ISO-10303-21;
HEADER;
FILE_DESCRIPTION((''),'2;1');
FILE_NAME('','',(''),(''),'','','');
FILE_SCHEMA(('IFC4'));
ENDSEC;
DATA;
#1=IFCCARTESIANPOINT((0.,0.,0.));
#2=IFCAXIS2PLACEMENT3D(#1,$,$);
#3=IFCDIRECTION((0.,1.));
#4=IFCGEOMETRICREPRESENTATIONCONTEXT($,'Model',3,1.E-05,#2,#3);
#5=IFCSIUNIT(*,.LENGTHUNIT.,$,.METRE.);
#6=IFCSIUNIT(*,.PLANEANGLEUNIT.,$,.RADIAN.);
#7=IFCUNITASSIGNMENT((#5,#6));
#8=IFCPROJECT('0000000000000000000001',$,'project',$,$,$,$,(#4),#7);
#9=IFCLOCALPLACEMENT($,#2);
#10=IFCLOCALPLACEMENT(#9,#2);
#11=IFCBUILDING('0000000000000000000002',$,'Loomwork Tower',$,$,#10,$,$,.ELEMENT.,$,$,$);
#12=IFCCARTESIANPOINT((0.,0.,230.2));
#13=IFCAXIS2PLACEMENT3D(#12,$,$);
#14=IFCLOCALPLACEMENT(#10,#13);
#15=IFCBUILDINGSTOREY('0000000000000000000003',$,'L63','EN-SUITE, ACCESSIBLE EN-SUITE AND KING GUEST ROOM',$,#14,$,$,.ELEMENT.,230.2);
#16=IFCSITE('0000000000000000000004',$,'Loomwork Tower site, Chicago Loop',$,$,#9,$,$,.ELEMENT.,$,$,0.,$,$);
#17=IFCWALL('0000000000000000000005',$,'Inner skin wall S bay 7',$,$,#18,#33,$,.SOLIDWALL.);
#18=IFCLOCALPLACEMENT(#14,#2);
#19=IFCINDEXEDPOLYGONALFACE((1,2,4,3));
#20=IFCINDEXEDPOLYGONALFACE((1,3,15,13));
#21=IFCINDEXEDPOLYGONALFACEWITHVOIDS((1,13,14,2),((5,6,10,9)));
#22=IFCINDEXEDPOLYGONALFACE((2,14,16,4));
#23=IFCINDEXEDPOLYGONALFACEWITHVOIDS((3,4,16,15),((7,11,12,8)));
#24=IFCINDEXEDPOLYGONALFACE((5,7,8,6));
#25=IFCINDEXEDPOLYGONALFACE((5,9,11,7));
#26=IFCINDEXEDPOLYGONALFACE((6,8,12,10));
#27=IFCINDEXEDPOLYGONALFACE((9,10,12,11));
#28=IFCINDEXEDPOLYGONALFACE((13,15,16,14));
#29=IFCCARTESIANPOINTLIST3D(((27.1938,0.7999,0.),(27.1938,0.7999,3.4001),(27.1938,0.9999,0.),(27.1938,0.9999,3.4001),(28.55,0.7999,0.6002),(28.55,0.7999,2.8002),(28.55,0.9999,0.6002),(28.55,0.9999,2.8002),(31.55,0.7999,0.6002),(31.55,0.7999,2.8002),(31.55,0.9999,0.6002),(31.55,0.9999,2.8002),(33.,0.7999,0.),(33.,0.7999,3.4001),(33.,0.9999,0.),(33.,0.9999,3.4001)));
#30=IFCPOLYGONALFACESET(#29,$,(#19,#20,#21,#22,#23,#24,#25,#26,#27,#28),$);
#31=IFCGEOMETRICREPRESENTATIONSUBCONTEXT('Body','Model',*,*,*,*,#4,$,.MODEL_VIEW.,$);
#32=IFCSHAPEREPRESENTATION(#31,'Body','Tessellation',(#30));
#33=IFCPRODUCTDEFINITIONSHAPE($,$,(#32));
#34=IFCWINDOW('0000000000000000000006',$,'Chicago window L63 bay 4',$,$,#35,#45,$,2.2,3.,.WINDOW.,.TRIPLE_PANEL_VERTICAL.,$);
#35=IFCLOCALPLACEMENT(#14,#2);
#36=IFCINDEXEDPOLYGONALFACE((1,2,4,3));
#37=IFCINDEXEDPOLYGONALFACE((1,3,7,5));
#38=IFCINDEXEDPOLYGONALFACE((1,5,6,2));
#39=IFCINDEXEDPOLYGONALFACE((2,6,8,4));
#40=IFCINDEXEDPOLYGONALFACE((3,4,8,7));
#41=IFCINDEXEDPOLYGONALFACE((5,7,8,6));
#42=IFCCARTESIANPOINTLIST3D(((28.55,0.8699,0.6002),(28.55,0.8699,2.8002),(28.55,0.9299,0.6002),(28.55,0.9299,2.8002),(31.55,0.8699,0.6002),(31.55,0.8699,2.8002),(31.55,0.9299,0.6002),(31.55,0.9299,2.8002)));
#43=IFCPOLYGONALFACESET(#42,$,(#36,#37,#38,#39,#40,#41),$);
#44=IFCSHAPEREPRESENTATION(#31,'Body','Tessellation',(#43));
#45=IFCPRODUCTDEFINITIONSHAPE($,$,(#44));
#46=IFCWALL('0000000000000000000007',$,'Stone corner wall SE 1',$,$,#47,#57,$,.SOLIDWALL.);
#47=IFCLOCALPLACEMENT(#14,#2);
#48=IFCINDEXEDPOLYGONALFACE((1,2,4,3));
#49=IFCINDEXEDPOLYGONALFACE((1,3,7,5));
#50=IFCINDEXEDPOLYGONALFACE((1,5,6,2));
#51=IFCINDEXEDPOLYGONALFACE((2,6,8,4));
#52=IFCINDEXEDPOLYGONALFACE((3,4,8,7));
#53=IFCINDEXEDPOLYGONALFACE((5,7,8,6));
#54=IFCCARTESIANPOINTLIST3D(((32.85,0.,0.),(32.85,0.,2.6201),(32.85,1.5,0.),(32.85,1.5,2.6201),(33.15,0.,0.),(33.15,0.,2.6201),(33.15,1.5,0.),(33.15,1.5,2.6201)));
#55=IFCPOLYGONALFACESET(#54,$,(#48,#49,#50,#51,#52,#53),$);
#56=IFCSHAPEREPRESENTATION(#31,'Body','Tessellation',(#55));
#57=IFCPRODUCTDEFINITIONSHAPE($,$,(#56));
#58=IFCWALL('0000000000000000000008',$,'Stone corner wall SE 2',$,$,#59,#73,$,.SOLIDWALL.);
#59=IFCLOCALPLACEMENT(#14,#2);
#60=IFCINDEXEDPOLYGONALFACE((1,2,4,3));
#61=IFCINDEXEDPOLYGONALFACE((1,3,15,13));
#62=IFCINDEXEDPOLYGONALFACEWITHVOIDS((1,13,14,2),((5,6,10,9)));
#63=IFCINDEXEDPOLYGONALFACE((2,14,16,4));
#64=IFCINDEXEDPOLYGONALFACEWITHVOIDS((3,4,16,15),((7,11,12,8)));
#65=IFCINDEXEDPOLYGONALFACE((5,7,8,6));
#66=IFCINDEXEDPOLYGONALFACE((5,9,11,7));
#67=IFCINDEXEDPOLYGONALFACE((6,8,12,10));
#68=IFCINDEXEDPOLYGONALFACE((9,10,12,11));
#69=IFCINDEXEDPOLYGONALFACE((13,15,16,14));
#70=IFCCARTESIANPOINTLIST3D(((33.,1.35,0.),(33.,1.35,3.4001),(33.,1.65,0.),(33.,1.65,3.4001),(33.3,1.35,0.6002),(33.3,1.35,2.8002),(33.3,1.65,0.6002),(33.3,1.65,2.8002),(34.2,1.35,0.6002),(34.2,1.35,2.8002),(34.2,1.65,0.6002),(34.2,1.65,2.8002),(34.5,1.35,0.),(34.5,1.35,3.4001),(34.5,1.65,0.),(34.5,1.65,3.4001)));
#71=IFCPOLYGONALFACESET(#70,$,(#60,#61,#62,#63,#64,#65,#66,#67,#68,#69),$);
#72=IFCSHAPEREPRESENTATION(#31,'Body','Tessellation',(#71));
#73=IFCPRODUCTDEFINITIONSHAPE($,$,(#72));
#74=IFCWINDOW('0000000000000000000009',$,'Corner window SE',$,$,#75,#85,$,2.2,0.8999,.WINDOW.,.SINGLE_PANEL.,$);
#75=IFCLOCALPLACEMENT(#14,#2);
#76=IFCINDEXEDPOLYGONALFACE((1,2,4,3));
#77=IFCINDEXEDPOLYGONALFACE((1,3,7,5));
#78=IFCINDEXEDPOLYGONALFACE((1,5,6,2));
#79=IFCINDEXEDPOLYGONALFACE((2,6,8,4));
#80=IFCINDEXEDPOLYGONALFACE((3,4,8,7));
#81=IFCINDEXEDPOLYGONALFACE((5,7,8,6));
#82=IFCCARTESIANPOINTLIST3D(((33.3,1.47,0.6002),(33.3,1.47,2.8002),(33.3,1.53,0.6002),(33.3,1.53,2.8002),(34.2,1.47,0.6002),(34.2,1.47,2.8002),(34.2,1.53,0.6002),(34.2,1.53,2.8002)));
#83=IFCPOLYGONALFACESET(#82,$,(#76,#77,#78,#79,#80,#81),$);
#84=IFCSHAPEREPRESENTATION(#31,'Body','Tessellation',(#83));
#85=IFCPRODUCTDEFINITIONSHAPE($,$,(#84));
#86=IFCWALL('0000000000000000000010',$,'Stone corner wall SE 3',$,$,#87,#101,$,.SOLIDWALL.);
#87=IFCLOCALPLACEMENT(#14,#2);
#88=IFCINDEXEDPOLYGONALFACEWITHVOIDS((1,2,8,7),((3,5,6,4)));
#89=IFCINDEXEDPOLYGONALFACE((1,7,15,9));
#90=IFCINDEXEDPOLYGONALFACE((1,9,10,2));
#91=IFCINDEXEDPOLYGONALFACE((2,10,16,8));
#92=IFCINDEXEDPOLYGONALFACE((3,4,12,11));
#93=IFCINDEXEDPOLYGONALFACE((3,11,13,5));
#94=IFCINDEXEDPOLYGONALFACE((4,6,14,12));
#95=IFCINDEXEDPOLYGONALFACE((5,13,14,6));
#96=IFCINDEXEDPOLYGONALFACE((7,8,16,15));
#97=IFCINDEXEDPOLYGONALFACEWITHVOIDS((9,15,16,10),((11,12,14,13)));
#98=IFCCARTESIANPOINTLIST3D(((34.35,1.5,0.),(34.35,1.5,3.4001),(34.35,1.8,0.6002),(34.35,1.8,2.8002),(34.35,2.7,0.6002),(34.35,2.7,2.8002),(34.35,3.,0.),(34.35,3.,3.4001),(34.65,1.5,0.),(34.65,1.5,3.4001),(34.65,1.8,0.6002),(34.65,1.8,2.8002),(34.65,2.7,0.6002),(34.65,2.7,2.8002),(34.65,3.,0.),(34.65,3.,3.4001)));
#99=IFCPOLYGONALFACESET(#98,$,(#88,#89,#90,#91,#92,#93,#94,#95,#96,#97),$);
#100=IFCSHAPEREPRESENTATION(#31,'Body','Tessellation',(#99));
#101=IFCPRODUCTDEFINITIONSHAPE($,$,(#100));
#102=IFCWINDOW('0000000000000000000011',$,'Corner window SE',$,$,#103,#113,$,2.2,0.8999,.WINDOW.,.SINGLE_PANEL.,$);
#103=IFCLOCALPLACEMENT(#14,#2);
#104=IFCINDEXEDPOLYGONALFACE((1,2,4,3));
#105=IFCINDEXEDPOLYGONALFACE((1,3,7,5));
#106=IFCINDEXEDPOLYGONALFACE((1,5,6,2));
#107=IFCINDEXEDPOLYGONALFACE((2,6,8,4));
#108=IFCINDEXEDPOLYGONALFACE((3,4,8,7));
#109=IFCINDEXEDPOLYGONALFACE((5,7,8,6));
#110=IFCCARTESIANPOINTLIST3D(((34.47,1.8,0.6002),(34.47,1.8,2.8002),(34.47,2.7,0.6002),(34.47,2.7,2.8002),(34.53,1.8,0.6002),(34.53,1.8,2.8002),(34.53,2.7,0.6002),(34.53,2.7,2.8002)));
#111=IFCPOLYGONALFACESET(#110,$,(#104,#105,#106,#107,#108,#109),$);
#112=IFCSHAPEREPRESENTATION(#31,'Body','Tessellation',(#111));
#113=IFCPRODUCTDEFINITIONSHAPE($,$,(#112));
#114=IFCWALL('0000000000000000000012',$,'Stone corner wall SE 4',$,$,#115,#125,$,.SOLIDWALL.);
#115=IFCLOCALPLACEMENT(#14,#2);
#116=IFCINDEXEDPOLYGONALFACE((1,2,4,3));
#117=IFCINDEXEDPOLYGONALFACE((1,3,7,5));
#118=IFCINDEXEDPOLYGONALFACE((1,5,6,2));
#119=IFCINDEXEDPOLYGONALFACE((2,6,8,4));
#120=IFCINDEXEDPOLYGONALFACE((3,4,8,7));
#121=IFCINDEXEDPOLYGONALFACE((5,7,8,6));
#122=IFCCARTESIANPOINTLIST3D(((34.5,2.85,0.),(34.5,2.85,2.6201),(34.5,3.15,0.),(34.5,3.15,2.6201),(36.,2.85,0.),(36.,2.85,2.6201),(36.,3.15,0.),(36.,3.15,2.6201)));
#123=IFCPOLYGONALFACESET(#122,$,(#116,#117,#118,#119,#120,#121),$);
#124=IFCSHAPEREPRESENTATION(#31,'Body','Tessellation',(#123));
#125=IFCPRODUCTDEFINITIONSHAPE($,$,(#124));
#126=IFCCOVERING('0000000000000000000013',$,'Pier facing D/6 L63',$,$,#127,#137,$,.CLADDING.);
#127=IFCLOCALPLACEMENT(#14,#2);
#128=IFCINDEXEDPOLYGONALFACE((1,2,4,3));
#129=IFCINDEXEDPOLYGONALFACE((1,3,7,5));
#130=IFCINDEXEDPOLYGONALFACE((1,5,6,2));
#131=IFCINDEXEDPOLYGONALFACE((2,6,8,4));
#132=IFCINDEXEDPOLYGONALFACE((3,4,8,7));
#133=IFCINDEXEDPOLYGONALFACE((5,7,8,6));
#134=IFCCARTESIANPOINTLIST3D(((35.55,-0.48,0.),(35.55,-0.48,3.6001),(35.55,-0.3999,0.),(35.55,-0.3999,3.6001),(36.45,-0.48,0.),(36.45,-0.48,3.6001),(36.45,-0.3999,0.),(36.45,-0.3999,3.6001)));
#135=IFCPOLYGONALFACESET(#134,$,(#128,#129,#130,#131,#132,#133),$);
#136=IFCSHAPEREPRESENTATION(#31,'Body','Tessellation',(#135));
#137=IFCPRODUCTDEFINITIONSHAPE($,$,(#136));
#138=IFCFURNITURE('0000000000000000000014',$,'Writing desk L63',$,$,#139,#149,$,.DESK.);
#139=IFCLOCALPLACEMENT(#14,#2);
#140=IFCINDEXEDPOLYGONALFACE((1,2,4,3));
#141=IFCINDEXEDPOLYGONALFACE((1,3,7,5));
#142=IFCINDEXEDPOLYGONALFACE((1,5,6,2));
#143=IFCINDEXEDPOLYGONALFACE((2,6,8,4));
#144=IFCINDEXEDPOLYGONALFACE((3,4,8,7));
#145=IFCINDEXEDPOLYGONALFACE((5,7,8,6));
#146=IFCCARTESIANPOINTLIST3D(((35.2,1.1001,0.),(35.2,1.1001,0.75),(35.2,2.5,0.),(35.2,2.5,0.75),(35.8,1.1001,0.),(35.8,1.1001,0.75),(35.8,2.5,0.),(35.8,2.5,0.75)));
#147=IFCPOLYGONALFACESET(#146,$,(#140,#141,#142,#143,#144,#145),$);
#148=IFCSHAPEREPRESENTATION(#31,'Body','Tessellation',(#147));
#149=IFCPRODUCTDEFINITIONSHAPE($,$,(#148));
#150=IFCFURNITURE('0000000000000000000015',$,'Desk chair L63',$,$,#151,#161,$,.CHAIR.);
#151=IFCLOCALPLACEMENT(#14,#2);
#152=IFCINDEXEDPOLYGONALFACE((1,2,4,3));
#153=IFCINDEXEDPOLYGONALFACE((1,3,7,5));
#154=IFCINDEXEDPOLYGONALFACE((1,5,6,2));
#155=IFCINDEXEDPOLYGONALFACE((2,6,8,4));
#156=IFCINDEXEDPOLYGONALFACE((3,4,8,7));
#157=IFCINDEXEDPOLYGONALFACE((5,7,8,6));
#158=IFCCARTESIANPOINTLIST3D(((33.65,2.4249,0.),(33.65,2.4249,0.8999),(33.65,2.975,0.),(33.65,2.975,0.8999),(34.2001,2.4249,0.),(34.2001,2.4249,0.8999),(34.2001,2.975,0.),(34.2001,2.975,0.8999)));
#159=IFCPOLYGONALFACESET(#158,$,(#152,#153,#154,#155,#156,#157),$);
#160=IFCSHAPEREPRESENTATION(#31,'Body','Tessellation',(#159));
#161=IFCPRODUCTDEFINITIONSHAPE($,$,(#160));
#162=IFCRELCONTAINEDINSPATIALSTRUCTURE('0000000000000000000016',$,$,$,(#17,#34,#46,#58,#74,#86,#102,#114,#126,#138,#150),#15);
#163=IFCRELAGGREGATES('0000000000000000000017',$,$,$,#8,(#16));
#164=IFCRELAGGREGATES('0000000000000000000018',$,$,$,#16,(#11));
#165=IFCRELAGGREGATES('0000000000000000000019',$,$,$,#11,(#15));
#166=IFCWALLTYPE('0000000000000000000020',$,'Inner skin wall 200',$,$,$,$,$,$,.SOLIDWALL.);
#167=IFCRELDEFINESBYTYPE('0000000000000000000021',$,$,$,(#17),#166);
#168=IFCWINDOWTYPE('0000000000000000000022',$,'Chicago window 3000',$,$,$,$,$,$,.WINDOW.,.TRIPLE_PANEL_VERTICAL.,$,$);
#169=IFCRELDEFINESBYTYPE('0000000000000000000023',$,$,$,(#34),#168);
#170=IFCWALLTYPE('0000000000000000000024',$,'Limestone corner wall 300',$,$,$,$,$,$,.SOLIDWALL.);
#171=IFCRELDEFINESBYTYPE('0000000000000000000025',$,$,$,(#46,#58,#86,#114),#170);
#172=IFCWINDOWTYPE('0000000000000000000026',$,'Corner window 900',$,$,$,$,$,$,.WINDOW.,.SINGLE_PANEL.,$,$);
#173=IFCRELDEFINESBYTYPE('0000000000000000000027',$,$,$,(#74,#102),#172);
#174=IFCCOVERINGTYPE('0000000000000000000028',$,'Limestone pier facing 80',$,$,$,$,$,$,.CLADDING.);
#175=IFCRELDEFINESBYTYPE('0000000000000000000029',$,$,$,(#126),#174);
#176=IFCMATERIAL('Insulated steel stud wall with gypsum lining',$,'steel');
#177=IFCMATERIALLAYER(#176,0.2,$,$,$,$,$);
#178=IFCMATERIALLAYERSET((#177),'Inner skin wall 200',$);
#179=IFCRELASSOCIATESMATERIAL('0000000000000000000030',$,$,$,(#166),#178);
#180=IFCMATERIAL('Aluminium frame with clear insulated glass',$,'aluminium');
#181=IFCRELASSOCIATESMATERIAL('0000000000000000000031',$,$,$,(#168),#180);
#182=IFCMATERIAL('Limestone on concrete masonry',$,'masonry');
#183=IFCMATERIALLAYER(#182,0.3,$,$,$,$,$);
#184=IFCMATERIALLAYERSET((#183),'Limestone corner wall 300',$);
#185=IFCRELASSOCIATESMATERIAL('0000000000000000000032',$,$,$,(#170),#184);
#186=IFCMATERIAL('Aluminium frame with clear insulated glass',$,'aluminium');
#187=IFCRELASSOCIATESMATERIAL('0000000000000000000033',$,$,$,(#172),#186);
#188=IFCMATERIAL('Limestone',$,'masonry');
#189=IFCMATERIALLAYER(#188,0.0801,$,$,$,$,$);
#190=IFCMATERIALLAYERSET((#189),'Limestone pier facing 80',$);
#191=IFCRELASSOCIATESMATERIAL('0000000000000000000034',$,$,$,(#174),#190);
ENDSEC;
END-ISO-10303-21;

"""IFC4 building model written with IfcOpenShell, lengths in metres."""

from ifc_helpers import new_model, si_unit, direction, frame, frame_2d, origin, origin_2d, place, context, subcontext, project, spatial, rectangle, extrude, material, layer, layer_set, type_object, element, fill, save


model = new_model("IFC4")

# Units and contexts
model_context = context("Model", 3, precision=1e-05, world=origin(), true_north=direction((0.0, 1.0)))
body_context = subcontext(model_context, "Body", "Model", "MODEL_VIEW")
ifc_project = project(units=[si_unit("LENGTHUNIT", "METRE"), si_unit("PLANEANGLEUNIT", "RADIAN")], contexts=[model_context])

# Site, building, storey
site_placement = place(None, origin())
site = spatial("IfcSite", under=ifc_project, at=site_placement, Name="Loomwork Tower site, Chicago Loop", CompositionType="ELEMENT", RefElevation=0.0)
building_placement = place(site_placement, origin())
building = spatial("IfcBuilding", under=site, at=building_placement, Name="Loomwork Tower", CompositionType="ELEMENT")
storey_placement = place(building_placement, frame((0.0, 0.0, 230.2)))
storey = spatial("IfcBuildingStorey", under=building, at=storey_placement, Name="L63", Description="EN-SUITE, ACCESSIBLE EN-SUITE AND KING GUEST ROOM", CompositionType="ELEMENT", Elevation=230.2)

# Wall, opening, window
ifc_material_1 = material(Name="Insulated steel stud wall with gypsum lining", Category="steel")
ifc_layer_1 = layer(ifc_material_1, 0.2)
ifc_layer_set_1 = layer_set([ifc_layer_1], Name="Inner skin wall 200")
wall_type_1 = type_object("IfcWallType", Name="Inner skin wall 200", PredefinedType="SOLIDWALL", material=ifc_layer_set_1)
wall_1_placement = place(storey_placement, frame((27.1938, 0.8999, 0.0), z_axis=(0.0, 0.0, 1.0), x_axis=(1.0, 0.0, 0.0)))
wall_1 = element("IfcWall", 1, at=wall_1_placement, inside=storey, type_object=wall_type_1, Name="Inner skin wall S bay 7", PredefinedType="SOLIDWALL", context=body_context, shape_type="SweptSolid", body=[
    extrude(rectangle(XDim=5.8062, YDim=0.2, at=frame_2d((2.9031, 0.0))), origin(), (0.0, 0.0, 1.0), 3.4001),
])
opening_1_placement = place(wall_1_placement, frame((1.3562, 0.0, 0.6001)))
opening_1 = element("IfcOpeningElement", 2, at=opening_1_placement, cuts=wall_1, PredefinedType="OPENING", context=body_context, shape_type="SweptSolid", body=[
    extrude(rectangle(XDim=3.0, YDim=2.2, at=frame_2d((1.5, 1.1001))), frame((0.0, 0.1099, 0.0), z_axis=(0.0, -1.0, 0.0), x_axis=(1.0, 0.0, 0.0)), (0.0, 0.0, 1.0), 0.22),
])
ifc_material_2 = material(Name="Aluminium frame with clear insulated glass", Category="aluminium")
window_type_1 = type_object("IfcWindowType", Name="Chicago window 3000", PartitioningType="TRIPLE_PANEL_VERTICAL", PredefinedType="WINDOW", material=ifc_material_2)
window_1_placement = place(opening_1_placement, origin())
window_1 = element("IfcWindow", 3, at=window_1_placement, inside=storey, type_object=window_type_1, Name="Chicago window L63 bay 4", OverallHeight=2.2, OverallWidth=3.0, PartitioningType="TRIPLE_PANEL_VERTICAL", PredefinedType="WINDOW", context=body_context, shape_type="SweptSolid", body=[
    extrude(rectangle(XDim=3.0, YDim=2.2, at=frame_2d((1.5, 1.1001))), frame((0.0, 0.03, 0.0), z_axis=(0.0, -1.0, 0.0), x_axis=(1.0, 0.0, 0.0)), (0.0, 0.0, 1.0), 0.0601),
])
fill(opening_1, window_1)

# Wall
ifc_material_3 = material(Name="Limestone on concrete masonry", Category="masonry")
ifc_layer_2 = layer(ifc_material_3, 0.3)
ifc_layer_set_2 = layer_set([ifc_layer_2], Name="Limestone corner wall 300")
wall_type_2 = type_object("IfcWallType", Name="Limestone corner wall 300", PredefinedType="SOLIDWALL", material=ifc_layer_set_2)
wall_2_placement = place(storey_placement, frame((33.0, 0.0, 0.0), z_axis=(0.0, 0.0, 1.0), x_axis=(0.0, 1.0, 0.0)))
element("IfcWall", 4, at=wall_2_placement, inside=storey, type_object=wall_type_2, Name="Stone corner wall SE 1", PredefinedType="SOLIDWALL", context=body_context, shape_type="SweptSolid", body=[
    extrude(rectangle(XDim=1.5, YDim=0.3, at=frame_2d((0.75, 0.0))), origin(), (0.0, 0.0, 1.0), 2.6201),
])

# Walls, openings, windows
wall_3_placement = place(storey_placement, frame((33.0, 1.5, 0.0), z_axis=(0.0, 0.0, 1.0), x_axis=(1.0, 0.0, 0.0)))
wall_3 = element("IfcWall", 5, at=wall_3_placement, inside=storey, type_object=wall_type_2, Name="Stone corner wall SE 2", PredefinedType="SOLIDWALL", context=body_context, shape_type="SweptSolid", body=[
    extrude(rectangle(XDim=1.5, YDim=0.3, at=frame_2d((0.75, 0.0))), origin(), (0.0, 0.0, 1.0), 3.4001),
])
opening_2_placement = place(wall_3_placement, frame((0.3, 0.0, 0.6001)))
opening_2 = element("IfcOpeningElement", 6, at=opening_2_placement, cuts=wall_3, PredefinedType="OPENING", context=body_context, shape_type="SweptSolid", body=[
    extrude(rectangle(XDim=0.8999, YDim=2.2, at=frame_2d((0.45, 1.1001))), frame((0.0, 0.1599, 0.0), z_axis=(0.0, -1.0, 0.0), x_axis=(1.0, 0.0, 0.0)), (0.0, 0.0, 1.0), 0.3201),
])
ifc_material_4 = material(Name="Aluminium frame with clear insulated glass", Category="aluminium")
window_type_2 = type_object("IfcWindowType", Name="Corner window 900", PartitioningType="SINGLE_PANEL", PredefinedType="WINDOW", material=ifc_material_4)
window_2_placement = place(opening_2_placement, origin())
window_2 = element("IfcWindow", 7, at=window_2_placement, inside=storey, type_object=window_type_2, Name="Corner window SE", OverallHeight=2.2, OverallWidth=0.8999, PartitioningType="SINGLE_PANEL", PredefinedType="WINDOW", context=body_context, shape_type="SweptSolid", body=[
    extrude(rectangle(XDim=0.8999, YDim=2.2, at=frame_2d((0.45, 1.1001))), frame((0.0, 0.03, 0.0), z_axis=(0.0, -1.0, 0.0), x_axis=(1.0, 0.0, 0.0)), (0.0, 0.0, 1.0), 0.0601),
])
fill(opening_2, window_2)
wall_4_placement = place(storey_placement, frame((34.5, 1.5, 0.0), z_axis=(0.0, 0.0, 1.0), x_axis=(0.0, 1.0, 0.0)))
wall_4 = element("IfcWall", 8, at=wall_4_placement, inside=storey, type_object=wall_type_2, Name="Stone corner wall SE 3", PredefinedType="SOLIDWALL", context=body_context, shape_type="SweptSolid", body=[
    extrude(rectangle(XDim=1.5, YDim=0.3, at=frame_2d((0.75, 0.0))), origin(), (0.0, 0.0, 1.0), 3.4001),
])
opening_3_placement = place(wall_4_placement, frame((0.3, 0.0, 0.6001)))
opening_3 = element("IfcOpeningElement", 9, at=opening_3_placement, cuts=wall_4, PredefinedType="OPENING", context=body_context, shape_type="SweptSolid", body=[
    extrude(rectangle(XDim=0.8999, YDim=2.2, at=frame_2d((0.45, 1.1001))), frame((0.0, 0.1599, 0.0), z_axis=(0.0, -1.0, 0.0), x_axis=(1.0, 0.0, 0.0)), (0.0, 0.0, 1.0), 0.3201),
])
window_3_placement = place(opening_3_placement, origin())
window_3 = element("IfcWindow", 10, at=window_3_placement, inside=storey, type_object=window_type_2, Name="Corner window SE", OverallHeight=2.2, OverallWidth=0.8999, PartitioningType="SINGLE_PANEL", PredefinedType="WINDOW", context=body_context, shape_type="SweptSolid", body=[
    extrude(rectangle(XDim=0.8999, YDim=2.2, at=frame_2d((0.45, 1.1001))), frame((0.0, 0.03, 0.0), z_axis=(0.0, -1.0, 0.0), x_axis=(1.0, 0.0, 0.0)), (0.0, 0.0, 1.0), 0.0601),
])
fill(opening_3, window_3)

# Wall
wall_5_placement = place(storey_placement, frame((34.5, 3.0, 0.0), z_axis=(0.0, 0.0, 1.0), x_axis=(1.0, 0.0, 0.0)))
element("IfcWall", 11, at=wall_5_placement, inside=storey, type_object=wall_type_2, Name="Stone corner wall SE 4", PredefinedType="SOLIDWALL", context=body_context, shape_type="SweptSolid", body=[
    extrude(rectangle(XDim=1.5, YDim=0.3, at=frame_2d((0.75, 0.0))), origin(), (0.0, 0.0, 1.0), 2.6201),
])

# Covering
ifc_material_5 = material(Name="Limestone", Category="masonry")
ifc_layer_3 = layer(ifc_material_5, 0.0801)
ifc_layer_set_3 = layer_set([ifc_layer_3], Name="Limestone pier facing 80")
covering_type = type_object("IfcCoveringType", Name="Limestone pier facing 80", PredefinedType="CLADDING", material=ifc_layer_set_3)
covering_placement = place(storey_placement, frame((36.0, -0.4399, 0.0), z_axis=(0.0, 0.0, 1.0), x_axis=(1.0, 0.0, 0.0)))
element("IfcCovering", 12, at=covering_placement, inside=storey, type_object=covering_type, Name="Pier facing D/6 L63", PredefinedType="CLADDING", context=body_context, shape_type="SweptSolid", body=[
    extrude(rectangle(XDim=0.8999, YDim=0.0801, at=origin_2d()), origin(), (0.0, 0.0, 1.0), 3.6001),
])

# Furniture
furniture_1_placement = place(storey_placement, frame((35.5, 1.8, 0.0), z_axis=(0.0, 0.0, 1.0), x_axis=(1.0, 0.0, 0.0)))
element("IfcFurniture", 13, at=furniture_1_placement, inside=storey, Name="Writing desk L63", PredefinedType="DESK", context=body_context, shape_type="SweptSolid", body=[
    extrude(rectangle(XDim=0.6001, YDim=1.3999, at=origin_2d()), origin(), (0.0, 0.0, 1.0), 0.75),
])
furniture_2_placement = place(storey_placement, frame((33.925, 2.7, 0.0), z_axis=(0.0, 0.0, 1.0), x_axis=(1.0, 0.0, 0.0)))
element("IfcFurniture", 14, at=furniture_2_placement, inside=storey, Name="Desk chair L63", PredefinedType="CHAIR", context=body_context, shape_type="SweptSolid", body=[
    extrude(rectangle(XDim=0.55, YDim=0.55, at=origin_2d()), origin(), (0.0, 0.0, 1.0), 0.8999),
])

save(model, "model.ifc")
